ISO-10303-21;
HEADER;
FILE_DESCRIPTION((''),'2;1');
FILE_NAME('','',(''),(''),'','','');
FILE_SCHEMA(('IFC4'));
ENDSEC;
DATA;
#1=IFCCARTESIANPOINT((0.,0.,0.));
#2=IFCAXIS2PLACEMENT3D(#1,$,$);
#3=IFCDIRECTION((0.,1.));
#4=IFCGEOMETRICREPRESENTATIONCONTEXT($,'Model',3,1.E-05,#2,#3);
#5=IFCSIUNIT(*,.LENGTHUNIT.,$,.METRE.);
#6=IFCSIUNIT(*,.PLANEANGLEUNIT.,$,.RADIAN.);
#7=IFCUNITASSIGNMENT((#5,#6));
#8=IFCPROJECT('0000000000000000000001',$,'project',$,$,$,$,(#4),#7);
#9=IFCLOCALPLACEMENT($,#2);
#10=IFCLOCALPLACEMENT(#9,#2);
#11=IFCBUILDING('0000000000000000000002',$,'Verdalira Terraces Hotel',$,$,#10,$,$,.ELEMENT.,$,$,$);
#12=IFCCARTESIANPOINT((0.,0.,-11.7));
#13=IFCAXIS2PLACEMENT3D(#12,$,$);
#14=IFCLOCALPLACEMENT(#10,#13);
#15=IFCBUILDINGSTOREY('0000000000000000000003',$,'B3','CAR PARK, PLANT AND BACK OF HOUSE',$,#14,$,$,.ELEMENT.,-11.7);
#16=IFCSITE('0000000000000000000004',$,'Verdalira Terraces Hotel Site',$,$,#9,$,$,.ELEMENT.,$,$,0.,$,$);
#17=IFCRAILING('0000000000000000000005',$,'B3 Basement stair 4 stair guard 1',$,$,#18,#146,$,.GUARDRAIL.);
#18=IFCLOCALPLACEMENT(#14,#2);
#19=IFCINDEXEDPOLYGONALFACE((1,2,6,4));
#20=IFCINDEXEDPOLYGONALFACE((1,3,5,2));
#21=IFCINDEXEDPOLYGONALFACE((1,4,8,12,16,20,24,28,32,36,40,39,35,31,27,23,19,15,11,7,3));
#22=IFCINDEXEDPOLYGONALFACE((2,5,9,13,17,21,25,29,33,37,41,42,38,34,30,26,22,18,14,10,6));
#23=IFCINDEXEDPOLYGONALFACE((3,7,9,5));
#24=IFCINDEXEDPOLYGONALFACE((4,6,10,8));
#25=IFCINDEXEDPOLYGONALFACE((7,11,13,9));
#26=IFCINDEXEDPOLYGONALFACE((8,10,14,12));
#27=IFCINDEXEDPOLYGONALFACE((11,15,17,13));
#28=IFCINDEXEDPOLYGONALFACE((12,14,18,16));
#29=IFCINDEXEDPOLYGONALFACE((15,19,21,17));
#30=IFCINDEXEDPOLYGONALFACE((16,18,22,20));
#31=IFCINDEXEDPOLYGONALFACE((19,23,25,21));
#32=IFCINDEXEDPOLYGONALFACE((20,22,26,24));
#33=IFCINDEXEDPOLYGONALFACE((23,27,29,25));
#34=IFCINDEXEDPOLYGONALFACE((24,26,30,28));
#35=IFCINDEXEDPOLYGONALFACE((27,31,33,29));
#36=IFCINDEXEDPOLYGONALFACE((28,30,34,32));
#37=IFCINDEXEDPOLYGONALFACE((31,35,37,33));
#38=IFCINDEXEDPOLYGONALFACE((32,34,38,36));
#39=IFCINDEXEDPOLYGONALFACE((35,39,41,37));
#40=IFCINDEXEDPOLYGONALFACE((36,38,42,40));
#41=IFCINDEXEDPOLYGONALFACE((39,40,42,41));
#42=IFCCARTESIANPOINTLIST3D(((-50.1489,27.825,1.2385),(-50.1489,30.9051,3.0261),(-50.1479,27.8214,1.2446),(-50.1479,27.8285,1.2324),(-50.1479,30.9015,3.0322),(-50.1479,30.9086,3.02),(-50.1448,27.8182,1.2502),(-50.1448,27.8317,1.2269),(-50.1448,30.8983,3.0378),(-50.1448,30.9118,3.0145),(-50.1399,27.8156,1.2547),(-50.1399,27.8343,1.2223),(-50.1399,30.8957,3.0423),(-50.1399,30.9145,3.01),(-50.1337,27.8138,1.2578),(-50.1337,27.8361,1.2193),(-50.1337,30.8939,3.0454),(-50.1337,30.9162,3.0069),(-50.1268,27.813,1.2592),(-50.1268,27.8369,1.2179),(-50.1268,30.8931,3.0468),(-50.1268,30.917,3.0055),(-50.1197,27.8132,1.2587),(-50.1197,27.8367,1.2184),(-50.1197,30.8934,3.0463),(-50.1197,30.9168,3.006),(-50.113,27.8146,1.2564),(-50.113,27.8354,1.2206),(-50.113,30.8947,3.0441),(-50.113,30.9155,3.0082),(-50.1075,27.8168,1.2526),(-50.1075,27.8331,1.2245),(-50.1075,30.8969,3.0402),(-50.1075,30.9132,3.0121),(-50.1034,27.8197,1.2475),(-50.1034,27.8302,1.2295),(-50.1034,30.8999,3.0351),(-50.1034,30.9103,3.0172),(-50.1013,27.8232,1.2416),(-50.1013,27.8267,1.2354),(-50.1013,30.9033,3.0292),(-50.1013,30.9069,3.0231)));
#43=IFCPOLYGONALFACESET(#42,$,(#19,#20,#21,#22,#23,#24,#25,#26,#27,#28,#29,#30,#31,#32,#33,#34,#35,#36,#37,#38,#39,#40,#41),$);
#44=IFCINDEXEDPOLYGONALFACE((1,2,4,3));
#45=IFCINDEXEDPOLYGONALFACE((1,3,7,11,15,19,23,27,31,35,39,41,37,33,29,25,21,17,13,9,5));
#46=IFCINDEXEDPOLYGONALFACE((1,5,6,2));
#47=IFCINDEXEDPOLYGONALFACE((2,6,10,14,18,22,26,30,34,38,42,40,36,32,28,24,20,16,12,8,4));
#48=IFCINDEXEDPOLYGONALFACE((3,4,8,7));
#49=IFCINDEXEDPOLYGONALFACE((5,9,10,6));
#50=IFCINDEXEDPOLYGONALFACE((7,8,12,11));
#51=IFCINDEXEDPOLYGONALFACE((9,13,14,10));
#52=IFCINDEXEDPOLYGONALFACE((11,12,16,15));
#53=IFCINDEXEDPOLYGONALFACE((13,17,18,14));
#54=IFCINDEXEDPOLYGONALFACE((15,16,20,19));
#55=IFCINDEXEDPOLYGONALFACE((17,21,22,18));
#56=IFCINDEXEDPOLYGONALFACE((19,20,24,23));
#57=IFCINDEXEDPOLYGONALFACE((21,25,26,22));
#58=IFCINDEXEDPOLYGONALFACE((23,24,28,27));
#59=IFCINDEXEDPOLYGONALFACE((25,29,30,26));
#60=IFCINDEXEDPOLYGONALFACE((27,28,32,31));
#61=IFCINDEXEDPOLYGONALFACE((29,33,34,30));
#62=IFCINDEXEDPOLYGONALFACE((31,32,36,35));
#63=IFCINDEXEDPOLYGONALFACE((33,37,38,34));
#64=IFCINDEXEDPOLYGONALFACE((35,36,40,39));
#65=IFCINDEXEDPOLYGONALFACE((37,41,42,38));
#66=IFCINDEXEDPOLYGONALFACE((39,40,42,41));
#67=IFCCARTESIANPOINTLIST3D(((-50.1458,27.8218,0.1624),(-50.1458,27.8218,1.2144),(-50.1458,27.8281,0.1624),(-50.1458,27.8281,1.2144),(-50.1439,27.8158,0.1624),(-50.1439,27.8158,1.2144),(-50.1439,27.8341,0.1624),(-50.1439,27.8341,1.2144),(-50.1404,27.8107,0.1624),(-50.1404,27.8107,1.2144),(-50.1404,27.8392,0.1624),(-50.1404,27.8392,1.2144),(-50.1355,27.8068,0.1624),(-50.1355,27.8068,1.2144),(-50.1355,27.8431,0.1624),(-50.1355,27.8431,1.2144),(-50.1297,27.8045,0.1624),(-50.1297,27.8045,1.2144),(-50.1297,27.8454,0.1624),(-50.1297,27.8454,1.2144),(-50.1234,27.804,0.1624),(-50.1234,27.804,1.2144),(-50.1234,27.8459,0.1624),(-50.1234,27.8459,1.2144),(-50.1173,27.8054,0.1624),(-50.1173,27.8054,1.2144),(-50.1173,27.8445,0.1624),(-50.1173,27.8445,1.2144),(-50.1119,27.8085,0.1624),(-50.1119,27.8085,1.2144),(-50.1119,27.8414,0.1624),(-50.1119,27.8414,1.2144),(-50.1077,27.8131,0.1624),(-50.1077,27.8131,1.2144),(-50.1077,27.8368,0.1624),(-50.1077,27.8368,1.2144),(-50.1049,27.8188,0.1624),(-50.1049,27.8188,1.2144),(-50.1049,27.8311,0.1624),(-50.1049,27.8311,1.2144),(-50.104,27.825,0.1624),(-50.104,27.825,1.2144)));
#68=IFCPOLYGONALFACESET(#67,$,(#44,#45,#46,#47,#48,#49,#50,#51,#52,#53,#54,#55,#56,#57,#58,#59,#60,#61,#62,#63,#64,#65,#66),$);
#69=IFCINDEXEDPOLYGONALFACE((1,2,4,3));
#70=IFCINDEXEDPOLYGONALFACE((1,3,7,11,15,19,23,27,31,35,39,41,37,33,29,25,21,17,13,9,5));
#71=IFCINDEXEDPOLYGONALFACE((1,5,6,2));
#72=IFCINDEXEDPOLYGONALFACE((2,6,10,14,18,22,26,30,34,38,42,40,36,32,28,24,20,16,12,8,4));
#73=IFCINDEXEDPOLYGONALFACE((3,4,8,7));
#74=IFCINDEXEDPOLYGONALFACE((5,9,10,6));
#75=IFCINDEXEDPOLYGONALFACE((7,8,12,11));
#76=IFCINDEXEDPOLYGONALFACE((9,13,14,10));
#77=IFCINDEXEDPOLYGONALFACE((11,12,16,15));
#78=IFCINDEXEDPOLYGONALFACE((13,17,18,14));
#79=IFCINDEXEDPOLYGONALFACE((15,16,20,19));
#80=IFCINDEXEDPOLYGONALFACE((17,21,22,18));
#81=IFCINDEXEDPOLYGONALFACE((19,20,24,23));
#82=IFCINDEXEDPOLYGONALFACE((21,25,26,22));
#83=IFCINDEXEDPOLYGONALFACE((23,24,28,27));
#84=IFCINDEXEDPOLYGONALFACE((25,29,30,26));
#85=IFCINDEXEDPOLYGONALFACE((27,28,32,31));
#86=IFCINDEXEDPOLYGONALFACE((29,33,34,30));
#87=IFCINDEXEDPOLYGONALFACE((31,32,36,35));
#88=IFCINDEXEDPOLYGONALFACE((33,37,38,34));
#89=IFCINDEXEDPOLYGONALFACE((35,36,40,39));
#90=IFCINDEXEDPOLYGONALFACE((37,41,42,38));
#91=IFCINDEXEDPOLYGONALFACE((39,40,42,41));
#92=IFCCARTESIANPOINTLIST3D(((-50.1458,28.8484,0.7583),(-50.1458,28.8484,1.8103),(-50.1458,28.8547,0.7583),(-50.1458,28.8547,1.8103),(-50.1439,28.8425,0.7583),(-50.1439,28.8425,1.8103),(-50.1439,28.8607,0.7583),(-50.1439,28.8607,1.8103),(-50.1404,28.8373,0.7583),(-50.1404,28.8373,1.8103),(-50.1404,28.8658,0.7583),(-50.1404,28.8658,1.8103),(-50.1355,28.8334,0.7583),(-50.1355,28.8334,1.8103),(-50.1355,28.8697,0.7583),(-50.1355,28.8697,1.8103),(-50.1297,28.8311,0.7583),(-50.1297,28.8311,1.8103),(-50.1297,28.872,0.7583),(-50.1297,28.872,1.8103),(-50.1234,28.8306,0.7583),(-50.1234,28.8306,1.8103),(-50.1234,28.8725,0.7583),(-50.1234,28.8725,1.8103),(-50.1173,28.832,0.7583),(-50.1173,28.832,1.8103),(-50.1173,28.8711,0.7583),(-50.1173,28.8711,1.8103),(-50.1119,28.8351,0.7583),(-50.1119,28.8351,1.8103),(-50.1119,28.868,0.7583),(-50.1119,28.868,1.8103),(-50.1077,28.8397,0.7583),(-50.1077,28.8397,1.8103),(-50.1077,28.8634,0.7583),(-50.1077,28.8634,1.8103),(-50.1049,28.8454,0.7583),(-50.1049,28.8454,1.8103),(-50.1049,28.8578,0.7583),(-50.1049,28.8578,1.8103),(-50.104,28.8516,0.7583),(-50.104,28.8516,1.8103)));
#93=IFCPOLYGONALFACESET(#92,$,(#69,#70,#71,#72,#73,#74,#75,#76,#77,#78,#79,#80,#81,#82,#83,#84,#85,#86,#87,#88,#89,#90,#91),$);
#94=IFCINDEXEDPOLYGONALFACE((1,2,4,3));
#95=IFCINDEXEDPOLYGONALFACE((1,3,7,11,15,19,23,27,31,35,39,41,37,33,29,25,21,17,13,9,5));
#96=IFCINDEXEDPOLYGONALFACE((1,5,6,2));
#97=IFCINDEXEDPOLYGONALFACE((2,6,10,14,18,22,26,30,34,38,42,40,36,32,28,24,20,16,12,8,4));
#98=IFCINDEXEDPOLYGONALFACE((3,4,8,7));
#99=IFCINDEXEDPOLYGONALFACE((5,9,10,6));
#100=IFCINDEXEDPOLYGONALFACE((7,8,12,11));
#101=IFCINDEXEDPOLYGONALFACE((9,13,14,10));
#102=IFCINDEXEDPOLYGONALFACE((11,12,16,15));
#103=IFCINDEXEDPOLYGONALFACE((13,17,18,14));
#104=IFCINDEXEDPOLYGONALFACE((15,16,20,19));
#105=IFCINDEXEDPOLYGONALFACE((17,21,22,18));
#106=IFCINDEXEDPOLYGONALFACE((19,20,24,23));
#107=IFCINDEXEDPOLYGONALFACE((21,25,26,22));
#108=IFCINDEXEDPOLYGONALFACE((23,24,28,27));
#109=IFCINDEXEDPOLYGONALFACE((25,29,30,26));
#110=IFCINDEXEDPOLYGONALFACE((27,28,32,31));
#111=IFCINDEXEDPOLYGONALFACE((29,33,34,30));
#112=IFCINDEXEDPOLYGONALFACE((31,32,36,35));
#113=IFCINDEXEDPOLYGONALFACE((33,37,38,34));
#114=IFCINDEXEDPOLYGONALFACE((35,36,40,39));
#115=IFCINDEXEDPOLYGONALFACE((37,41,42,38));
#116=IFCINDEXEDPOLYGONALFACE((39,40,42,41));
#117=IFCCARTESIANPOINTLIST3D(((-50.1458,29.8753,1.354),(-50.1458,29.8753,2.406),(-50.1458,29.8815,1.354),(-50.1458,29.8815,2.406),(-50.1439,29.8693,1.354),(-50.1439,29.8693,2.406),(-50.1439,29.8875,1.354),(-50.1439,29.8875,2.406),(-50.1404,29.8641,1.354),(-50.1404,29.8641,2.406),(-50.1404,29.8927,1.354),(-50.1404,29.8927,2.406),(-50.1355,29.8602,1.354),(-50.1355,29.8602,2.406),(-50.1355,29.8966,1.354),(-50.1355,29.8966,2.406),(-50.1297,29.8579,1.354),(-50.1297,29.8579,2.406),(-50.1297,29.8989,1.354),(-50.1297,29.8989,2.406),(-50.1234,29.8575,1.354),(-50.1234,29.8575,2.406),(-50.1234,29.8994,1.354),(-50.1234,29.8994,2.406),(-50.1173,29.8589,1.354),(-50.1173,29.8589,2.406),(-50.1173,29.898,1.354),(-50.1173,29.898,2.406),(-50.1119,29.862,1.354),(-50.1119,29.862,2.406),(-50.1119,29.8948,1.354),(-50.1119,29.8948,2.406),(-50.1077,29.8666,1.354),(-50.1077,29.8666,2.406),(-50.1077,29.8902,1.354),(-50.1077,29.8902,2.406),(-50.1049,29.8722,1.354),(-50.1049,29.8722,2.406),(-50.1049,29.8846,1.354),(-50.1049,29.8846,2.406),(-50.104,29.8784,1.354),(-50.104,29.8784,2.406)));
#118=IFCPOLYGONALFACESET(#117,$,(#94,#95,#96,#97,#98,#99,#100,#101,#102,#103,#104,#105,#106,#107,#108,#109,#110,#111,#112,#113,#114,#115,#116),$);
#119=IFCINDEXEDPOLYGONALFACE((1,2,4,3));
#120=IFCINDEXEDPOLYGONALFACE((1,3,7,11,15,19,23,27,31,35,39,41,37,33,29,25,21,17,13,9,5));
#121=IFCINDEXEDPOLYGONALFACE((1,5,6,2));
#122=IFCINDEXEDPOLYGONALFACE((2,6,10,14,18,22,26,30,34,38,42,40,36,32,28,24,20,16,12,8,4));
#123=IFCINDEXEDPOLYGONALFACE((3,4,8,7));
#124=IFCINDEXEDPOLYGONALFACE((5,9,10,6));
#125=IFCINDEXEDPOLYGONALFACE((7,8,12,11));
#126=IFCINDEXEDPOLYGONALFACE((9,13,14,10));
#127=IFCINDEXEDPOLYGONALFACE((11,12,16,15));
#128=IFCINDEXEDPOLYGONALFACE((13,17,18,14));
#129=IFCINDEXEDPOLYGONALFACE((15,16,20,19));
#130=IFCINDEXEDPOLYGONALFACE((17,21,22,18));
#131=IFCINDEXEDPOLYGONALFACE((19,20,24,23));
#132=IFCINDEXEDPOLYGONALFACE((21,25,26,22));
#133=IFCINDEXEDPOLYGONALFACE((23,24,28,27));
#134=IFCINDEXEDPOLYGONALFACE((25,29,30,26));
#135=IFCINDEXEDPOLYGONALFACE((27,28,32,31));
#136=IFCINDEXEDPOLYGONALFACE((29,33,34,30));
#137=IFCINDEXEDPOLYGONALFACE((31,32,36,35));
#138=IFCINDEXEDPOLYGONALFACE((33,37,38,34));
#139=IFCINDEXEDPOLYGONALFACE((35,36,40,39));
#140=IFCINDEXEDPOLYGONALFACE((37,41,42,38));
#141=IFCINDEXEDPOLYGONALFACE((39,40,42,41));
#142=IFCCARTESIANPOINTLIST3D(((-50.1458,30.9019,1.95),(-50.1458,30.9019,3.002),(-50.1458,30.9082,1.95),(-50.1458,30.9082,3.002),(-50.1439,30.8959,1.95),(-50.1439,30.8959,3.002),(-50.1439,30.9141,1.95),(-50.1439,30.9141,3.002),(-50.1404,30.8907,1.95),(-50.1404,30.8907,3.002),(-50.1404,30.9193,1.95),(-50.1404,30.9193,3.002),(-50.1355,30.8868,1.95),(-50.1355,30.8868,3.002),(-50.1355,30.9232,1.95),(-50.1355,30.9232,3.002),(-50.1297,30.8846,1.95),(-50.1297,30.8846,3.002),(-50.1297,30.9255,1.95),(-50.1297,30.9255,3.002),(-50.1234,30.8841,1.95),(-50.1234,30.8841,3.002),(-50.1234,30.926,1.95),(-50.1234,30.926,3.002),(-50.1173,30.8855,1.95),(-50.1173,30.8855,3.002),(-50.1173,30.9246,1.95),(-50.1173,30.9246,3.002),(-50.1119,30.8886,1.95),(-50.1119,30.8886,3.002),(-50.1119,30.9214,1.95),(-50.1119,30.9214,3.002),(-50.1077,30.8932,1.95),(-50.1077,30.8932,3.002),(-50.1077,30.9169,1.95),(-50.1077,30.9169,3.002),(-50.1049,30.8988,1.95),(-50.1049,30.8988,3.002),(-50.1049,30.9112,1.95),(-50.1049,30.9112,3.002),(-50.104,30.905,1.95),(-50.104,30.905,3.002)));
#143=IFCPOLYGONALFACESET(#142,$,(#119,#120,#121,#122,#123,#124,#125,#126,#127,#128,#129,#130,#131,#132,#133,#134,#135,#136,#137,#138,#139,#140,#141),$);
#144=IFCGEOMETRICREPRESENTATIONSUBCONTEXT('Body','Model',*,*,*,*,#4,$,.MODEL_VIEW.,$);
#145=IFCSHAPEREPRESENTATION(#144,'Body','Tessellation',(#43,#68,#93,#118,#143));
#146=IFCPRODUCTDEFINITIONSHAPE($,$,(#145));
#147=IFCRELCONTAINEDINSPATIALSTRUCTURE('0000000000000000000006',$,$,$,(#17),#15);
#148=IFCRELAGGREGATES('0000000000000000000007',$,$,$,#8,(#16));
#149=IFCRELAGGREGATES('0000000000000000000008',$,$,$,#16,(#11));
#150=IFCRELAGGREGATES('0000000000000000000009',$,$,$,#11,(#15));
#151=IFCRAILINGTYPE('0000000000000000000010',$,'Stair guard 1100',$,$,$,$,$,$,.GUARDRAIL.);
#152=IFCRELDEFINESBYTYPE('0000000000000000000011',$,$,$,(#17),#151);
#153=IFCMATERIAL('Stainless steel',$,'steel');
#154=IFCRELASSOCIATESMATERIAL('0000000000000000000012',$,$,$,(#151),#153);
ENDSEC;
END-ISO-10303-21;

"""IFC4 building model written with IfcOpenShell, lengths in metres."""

from ifc_helpers import new_model, si_unit, direction, frame, origin, origin_2d, place, context, subcontext, project, spatial, circle, extrude, material, type_object, element, save


model = new_model("IFC4")

# Units and contexts
model_context = context("Model", 3, precision=1e-05, world=origin(), true_north=direction((0.0, 1.0)))
body_context = subcontext(model_context, "Body", "Model", "MODEL_VIEW")
ifc_project = project(units=[si_unit("LENGTHUNIT", "METRE"), si_unit("PLANEANGLEUNIT", "RADIAN")], contexts=[model_context])

# Site, building, storey
site_placement = place(None, origin())
site = spatial("IfcSite", under=ifc_project, at=site_placement, Name="Verdalira Terraces Hotel Site", CompositionType="ELEMENT", RefElevation=0.0)
building_placement = place(site_placement, origin())
building = spatial("IfcBuilding", under=site, at=building_placement, Name="Verdalira Terraces Hotel", CompositionType="ELEMENT")
storey_placement = place(building_placement, frame((0.0, 0.0, -11.7)))
storey = spatial("IfcBuildingStorey", under=building, at=storey_placement, Name="B3", Description="CAR PARK, PLANT AND BACK OF HOUSE", CompositionType="ELEMENT", Elevation=-11.7)

# Railing
ifc_material_1 = material(Name="Stainless steel", Category="steel")
railing_type_1 = type_object("IfcRailingType", Name="Stair guard 1100", PredefinedType="GUARDRAIL", material=ifc_material_1)
railing_1_placement = place(storey_placement, frame((-50.125, 27.825, 0.1624)))
element("IfcRailing", 1, at=railing_1_placement, inside=storey, type_object=railing_type_1, Name="B3 Basement stair 4 stair guard 1", PredefinedType="GUARDRAIL", context=body_context, shape_type="SweptSolid", body=[
    extrude(circle(Radius=0.0239, at=origin_2d()), frame((0.0, 0.0, 1.0762), z_axis=(0.0, 0.864891, 0.50196), x_axis=(-1.0, 0.0, 0.0)), (0.0, 0.0, 1.0), 3.5613),
    extrude(circle(Radius=0.021, at=origin_2d()), origin(), (0.0, 0.0, 1.0), 1.052),
    extrude(circle(Radius=0.021, at=origin_2d()), frame((0.0, 1.0266, 0.5959)), (0.0, 0.0, 1.0), 1.052),
    extrude(circle(Radius=0.021, at=origin_2d()), frame((0.0, 2.0535, 1.1917)), (0.0, 0.0, 1.0), 1.052),
    extrude(circle(Radius=0.021, at=origin_2d()), frame((0.0, 3.0801, 1.7876)), (0.0, 0.0, 1.0), 1.052),
])

save(model, "model.ifc")
